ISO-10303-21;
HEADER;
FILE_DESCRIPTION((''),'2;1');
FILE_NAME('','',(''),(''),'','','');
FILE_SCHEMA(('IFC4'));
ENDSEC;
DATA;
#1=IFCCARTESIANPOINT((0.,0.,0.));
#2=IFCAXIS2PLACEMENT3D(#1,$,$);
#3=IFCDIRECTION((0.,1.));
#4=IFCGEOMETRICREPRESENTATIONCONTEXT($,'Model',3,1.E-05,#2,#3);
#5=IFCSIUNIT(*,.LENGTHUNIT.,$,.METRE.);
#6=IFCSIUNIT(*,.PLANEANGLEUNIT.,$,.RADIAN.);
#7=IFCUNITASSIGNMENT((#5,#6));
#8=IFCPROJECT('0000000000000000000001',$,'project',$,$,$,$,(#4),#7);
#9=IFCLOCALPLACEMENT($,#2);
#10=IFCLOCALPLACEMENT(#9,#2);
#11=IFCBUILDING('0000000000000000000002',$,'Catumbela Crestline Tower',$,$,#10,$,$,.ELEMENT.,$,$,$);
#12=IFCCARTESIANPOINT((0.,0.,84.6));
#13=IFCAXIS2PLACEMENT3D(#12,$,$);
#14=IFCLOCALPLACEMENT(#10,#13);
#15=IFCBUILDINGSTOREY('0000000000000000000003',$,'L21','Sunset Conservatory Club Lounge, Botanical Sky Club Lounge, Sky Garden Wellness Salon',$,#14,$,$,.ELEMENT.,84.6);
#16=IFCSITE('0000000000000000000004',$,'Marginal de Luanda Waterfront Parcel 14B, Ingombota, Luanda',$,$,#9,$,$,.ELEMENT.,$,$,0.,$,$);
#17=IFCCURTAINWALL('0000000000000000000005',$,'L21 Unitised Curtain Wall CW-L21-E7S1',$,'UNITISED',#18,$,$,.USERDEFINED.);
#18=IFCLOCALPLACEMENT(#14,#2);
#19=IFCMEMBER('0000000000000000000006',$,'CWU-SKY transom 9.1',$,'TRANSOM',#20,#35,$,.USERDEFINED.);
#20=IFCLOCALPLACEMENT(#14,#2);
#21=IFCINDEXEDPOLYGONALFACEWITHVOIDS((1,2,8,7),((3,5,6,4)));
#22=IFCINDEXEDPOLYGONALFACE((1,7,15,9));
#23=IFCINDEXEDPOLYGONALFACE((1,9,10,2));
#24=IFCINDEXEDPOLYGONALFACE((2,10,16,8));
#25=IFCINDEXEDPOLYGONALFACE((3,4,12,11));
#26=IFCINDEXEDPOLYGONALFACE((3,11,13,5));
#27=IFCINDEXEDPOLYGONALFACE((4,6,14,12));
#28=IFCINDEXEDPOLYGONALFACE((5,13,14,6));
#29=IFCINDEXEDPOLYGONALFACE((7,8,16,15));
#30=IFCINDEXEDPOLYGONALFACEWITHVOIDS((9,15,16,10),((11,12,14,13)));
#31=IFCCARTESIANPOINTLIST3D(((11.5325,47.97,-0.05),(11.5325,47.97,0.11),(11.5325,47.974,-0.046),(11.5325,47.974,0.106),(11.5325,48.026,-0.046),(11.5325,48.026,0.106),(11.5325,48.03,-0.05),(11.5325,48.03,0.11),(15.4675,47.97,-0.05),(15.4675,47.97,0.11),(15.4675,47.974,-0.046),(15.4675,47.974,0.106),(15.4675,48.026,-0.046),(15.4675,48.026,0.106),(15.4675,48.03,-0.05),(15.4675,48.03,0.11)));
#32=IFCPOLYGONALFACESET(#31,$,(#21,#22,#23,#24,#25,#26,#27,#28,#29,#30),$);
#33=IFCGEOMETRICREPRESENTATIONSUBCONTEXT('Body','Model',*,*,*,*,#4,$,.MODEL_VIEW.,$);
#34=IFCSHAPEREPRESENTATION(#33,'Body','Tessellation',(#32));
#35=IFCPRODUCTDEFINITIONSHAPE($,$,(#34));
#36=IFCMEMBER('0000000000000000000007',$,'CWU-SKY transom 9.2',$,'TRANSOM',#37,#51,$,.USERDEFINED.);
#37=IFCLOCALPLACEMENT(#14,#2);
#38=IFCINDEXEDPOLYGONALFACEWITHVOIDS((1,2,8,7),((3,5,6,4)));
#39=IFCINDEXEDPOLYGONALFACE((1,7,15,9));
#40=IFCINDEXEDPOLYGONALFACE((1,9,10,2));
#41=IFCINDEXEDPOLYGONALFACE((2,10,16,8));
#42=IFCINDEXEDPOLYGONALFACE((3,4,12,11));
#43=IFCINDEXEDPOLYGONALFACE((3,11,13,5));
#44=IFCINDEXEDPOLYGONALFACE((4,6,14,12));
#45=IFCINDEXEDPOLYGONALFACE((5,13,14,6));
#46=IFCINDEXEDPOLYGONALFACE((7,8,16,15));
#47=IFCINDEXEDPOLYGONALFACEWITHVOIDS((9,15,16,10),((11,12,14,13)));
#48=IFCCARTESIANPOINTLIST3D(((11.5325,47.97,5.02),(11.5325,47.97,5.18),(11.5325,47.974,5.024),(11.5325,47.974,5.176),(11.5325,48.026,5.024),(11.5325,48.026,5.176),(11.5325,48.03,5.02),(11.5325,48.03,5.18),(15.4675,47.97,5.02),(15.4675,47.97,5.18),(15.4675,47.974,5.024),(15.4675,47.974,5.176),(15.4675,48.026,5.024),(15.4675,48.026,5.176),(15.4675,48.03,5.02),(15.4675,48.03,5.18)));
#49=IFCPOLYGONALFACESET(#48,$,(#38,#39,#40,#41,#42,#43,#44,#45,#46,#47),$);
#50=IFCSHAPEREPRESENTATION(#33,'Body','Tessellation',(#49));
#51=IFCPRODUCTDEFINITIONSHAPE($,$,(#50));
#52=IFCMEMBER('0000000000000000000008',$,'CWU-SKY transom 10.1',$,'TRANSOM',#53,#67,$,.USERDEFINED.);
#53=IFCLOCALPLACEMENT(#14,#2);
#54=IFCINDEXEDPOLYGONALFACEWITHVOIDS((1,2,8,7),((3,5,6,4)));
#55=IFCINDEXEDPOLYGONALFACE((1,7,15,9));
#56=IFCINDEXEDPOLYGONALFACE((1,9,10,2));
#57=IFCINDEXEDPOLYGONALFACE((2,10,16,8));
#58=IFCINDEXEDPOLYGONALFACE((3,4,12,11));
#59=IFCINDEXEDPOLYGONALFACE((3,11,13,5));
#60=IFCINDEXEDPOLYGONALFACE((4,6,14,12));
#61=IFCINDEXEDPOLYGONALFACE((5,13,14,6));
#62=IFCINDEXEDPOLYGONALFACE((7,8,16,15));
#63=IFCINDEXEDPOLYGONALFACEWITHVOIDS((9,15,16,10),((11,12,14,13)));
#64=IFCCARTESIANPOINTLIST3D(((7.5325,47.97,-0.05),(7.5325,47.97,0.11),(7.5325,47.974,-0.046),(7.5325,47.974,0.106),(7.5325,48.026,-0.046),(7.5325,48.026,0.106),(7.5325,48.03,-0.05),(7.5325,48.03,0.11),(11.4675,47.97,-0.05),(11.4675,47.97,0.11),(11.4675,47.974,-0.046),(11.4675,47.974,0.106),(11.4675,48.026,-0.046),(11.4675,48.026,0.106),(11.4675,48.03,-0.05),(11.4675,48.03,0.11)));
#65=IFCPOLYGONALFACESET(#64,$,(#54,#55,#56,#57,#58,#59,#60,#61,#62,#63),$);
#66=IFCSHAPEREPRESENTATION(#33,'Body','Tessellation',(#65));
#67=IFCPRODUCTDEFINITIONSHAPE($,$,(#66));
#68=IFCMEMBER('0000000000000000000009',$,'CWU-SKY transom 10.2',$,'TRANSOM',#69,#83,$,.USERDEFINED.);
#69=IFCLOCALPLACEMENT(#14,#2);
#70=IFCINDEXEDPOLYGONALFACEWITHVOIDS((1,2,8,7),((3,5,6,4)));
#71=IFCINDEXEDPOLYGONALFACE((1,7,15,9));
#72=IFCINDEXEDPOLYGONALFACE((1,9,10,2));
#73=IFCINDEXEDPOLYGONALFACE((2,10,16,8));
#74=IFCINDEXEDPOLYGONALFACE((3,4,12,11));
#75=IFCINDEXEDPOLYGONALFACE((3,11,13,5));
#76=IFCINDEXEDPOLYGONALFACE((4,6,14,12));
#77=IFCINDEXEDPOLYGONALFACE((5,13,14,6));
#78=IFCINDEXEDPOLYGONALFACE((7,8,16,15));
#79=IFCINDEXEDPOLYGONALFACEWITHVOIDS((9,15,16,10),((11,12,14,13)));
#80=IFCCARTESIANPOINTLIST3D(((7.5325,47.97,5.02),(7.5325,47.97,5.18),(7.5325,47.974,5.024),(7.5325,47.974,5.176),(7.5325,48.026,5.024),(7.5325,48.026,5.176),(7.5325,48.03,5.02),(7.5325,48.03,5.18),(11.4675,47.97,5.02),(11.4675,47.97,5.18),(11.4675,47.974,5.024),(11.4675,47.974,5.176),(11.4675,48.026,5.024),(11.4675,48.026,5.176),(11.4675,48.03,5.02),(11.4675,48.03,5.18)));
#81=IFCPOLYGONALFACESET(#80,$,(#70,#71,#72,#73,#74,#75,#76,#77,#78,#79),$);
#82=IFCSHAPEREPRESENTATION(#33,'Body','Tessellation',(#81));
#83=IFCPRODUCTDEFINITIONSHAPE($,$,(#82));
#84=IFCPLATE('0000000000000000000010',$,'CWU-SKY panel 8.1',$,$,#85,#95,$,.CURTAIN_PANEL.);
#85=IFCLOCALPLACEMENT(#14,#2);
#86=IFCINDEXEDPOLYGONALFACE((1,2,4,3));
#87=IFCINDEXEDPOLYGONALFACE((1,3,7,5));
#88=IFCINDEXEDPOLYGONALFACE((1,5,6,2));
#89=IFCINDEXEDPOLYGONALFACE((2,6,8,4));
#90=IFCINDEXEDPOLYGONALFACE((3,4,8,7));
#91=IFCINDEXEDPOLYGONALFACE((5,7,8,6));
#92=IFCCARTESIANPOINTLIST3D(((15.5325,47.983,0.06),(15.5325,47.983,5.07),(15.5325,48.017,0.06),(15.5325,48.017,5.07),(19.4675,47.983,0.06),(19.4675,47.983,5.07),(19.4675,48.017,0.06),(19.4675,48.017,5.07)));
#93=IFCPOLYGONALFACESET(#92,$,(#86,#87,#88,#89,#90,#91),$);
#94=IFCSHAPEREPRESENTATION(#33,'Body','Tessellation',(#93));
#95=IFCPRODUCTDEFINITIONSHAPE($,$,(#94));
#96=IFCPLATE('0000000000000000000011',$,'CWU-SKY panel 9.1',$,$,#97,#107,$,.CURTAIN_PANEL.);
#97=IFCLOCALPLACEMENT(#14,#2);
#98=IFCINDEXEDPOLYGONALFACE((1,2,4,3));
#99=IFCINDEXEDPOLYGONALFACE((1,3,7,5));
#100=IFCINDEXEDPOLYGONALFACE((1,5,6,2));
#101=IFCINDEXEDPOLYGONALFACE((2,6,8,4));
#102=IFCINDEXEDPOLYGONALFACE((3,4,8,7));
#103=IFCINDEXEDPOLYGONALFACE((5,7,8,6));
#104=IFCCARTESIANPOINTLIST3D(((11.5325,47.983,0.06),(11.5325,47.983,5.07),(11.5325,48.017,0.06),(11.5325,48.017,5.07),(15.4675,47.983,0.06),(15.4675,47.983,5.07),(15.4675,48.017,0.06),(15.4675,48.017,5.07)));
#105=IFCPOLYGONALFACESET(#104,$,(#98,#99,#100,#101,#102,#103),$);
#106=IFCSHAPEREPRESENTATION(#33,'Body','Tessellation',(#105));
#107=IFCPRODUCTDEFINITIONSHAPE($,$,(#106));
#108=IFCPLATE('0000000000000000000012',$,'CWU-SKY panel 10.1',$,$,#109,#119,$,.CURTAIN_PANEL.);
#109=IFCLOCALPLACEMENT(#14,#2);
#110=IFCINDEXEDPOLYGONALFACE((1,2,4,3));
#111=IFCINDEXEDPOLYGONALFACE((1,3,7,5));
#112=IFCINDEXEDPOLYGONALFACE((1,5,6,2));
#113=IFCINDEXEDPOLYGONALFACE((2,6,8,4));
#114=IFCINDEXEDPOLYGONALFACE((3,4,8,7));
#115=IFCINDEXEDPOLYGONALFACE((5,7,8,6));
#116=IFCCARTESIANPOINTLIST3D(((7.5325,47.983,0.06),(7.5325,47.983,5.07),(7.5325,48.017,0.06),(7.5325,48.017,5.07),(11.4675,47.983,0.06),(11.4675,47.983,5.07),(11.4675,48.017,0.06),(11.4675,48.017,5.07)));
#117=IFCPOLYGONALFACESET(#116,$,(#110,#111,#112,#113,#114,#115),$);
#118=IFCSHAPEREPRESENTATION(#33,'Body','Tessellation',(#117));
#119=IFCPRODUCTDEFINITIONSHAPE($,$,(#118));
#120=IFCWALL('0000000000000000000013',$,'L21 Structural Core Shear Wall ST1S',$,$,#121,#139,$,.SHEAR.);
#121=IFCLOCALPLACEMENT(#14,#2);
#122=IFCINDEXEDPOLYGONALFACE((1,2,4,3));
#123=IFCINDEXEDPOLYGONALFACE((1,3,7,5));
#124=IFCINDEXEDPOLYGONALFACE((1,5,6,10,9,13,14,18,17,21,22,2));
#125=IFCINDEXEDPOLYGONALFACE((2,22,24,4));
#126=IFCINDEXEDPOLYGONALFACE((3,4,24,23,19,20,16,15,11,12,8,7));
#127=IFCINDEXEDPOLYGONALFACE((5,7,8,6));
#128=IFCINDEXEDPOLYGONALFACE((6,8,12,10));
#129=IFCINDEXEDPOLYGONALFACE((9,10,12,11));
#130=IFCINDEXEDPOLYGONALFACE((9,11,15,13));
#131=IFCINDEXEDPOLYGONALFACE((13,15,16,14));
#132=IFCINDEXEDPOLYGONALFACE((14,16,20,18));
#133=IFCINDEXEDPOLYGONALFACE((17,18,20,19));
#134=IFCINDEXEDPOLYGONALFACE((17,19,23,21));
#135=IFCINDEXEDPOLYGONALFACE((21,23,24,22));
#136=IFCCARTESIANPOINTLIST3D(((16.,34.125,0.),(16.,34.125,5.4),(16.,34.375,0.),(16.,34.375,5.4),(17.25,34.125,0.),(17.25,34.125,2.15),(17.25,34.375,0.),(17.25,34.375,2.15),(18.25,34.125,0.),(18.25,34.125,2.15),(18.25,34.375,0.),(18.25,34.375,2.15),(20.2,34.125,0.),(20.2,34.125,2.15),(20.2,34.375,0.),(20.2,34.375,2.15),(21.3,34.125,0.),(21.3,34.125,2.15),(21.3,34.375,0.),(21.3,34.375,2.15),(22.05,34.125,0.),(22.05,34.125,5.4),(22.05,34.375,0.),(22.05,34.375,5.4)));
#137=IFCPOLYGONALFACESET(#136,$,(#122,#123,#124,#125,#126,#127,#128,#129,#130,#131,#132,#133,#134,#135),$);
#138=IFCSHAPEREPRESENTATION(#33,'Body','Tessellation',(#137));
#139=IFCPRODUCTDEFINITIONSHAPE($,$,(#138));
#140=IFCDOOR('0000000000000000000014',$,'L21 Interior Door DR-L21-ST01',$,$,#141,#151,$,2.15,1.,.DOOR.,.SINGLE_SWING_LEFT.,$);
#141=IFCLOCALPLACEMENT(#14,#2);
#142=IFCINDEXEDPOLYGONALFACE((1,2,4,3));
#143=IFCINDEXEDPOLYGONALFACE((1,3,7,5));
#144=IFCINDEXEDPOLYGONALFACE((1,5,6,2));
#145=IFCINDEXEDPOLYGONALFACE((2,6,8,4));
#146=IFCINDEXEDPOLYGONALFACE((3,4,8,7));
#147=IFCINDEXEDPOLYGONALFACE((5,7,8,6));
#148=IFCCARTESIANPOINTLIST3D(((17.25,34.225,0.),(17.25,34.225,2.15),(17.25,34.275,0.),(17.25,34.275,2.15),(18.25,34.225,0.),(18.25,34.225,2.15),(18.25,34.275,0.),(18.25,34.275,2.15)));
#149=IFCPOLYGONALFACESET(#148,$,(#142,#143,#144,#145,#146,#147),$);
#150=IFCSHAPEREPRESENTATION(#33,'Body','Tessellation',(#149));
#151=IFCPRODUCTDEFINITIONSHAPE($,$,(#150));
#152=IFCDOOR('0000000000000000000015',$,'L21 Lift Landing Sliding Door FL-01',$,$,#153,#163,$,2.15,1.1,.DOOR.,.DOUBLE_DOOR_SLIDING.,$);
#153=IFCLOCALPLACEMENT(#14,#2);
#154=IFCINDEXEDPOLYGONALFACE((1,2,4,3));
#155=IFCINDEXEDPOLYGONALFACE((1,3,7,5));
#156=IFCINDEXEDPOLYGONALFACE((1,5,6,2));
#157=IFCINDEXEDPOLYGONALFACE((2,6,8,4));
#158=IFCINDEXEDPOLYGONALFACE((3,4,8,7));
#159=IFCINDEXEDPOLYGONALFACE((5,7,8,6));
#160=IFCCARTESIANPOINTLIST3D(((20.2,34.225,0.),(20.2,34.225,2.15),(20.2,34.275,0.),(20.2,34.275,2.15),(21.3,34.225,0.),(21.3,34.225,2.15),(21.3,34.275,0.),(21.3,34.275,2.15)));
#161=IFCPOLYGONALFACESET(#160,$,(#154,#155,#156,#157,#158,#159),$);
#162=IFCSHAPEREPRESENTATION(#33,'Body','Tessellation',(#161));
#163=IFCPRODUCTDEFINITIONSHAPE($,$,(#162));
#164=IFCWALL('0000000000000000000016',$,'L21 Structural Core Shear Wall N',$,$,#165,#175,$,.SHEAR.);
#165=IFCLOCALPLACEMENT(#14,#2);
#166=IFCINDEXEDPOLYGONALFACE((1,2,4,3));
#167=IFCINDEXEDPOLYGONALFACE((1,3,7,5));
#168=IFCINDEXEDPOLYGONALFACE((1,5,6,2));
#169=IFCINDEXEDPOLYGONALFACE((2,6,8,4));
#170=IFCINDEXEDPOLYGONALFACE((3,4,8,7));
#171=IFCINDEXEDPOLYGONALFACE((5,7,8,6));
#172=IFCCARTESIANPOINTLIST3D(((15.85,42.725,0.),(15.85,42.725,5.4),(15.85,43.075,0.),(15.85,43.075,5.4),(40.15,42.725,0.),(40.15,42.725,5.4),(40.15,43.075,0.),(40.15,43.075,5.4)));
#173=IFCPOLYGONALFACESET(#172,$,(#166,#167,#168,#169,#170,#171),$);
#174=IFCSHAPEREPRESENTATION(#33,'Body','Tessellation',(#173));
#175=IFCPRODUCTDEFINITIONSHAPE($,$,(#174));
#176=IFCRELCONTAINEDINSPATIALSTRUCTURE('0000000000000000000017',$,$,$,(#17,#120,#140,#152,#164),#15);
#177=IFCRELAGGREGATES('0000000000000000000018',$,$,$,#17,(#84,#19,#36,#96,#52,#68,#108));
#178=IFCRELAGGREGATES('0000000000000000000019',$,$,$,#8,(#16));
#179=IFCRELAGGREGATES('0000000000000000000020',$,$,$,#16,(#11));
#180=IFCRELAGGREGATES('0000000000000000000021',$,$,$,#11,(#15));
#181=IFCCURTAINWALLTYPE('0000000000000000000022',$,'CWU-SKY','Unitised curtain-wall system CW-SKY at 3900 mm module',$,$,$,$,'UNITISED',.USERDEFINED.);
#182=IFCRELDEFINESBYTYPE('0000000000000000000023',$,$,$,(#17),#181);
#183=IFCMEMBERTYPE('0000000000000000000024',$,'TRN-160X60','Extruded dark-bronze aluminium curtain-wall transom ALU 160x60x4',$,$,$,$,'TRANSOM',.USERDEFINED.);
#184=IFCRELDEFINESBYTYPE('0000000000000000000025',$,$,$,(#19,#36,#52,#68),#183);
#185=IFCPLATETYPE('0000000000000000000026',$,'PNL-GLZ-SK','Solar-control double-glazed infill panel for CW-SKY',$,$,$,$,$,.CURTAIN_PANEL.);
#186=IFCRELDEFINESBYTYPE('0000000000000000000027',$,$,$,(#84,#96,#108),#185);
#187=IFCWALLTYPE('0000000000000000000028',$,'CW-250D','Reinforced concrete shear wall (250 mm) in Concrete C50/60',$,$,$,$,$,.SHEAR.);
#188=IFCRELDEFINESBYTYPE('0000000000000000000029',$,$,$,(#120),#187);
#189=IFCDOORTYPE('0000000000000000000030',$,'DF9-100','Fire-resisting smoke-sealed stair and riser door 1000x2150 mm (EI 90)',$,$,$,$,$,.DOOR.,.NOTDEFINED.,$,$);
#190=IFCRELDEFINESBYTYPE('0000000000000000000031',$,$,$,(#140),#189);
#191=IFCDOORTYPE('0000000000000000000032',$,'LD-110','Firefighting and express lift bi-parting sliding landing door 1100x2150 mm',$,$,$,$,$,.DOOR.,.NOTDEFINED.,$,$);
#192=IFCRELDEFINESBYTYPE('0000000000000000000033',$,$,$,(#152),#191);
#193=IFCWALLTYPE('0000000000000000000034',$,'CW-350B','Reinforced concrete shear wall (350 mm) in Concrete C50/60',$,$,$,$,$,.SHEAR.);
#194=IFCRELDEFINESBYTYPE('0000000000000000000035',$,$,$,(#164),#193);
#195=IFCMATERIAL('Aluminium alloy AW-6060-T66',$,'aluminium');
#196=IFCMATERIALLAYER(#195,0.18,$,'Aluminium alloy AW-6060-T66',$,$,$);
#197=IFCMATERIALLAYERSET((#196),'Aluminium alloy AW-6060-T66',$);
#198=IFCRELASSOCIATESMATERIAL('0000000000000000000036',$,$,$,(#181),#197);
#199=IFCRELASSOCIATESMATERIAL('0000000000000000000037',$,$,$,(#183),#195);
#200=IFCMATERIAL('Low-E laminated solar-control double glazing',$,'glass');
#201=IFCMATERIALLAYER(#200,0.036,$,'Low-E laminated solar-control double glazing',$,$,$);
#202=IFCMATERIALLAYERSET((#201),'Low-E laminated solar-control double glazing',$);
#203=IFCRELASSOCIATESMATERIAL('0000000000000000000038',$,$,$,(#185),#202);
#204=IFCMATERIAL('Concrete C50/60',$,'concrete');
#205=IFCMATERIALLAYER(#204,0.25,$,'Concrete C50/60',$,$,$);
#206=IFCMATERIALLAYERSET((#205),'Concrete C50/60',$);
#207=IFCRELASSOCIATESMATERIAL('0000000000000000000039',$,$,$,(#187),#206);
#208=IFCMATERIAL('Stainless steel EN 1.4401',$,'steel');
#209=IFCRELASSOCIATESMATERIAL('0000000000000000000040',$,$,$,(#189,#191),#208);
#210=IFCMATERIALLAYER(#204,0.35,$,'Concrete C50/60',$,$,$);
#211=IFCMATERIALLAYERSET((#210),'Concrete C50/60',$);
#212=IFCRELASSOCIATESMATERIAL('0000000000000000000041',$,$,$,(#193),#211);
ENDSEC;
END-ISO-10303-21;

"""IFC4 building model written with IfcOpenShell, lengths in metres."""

from ifc_helpers import new_model, si_unit, direction, frame, frame_2d, origin, origin_2d, place, context, subcontext, project, spatial, rectangle, hollow_rectangle, extrude, material, layer, layer_set, material_profile, profile_set, type_object, element, fill, aggregate, save


model = new_model("IFC4")

# Units and contexts
model_context = context("Model", 3, precision=1e-05, world=origin(), true_north=direction((0.0, 1.0)))
body_context = subcontext(model_context, "Body", "Model", "MODEL_VIEW")
ifc_project = project(units=[si_unit("LENGTHUNIT", "METRE"), si_unit("PLANEANGLEUNIT", "RADIAN")], contexts=[model_context])

# Site, building, storey
site_placement = place(None, origin())
site = spatial("IfcSite", under=ifc_project, at=site_placement, Name="Marginal de Luanda Waterfront Parcel 14B, Ingombota, Luanda", CompositionType="ELEMENT", RefElevation=0.0)
building_placement = place(site_placement, origin())
building = spatial("IfcBuilding", under=site, at=building_placement, Name="Catumbela Crestline Tower", CompositionType="ELEMENT")
storey_placement = place(building_placement, frame((0.0, 0.0, 84.6)))
storey = spatial("IfcBuildingStorey", under=building, at=storey_placement, Name="L21", Description="Sunset Conservatory Club Lounge, Botanical Sky Club Lounge, Sky Garden Wellness Salon", CompositionType="ELEMENT", Elevation=84.6)

# Shared definitions
ifc_material_1 = material(Name="Concrete C50/60", Category="concrete")

# Curtain wall
ifc_material_2 = material(Name="Aluminium alloy AW-6060-T66", Category="aluminium")
ifc_layer_1 = layer(ifc_material_2, 0.18, Name="Aluminium alloy AW-6060-T66")
ifc_layer_set_1 = layer_set([ifc_layer_1], Name="Aluminium alloy AW-6060-T66")
curtain_wall_type = type_object("IfcCurtainWallType", Name="CWU-SKY", Description="Unitised curtain-wall system CW-SKY at 3900 mm module", ElementType="UNITISED", PredefinedType="USERDEFINED", material=ifc_layer_set_1)
curtain_wall_placement = place(storey_placement, origin())
curtain_wall = element("IfcCurtainWall", 1, at=curtain_wall_placement, inside=storey, type_object=curtain_wall_type, Name="L21 Unitised Curtain Wall CW-L21-E7S1", ObjectType="UNITISED", PredefinedType="USERDEFINED")

# Members
ifc_material_profile_1 = material_profile(ifc_material_2, hollow_rectangle(XDim=0.06, YDim=0.16, WallThickness=0.004, at=origin_2d()), Name="ALU 160x60x4")
ifc_profile_set_1 = profile_set([ifc_material_profile_1], Name="Aluminium alloy AW-6060-T66")
member_type_1 = type_object("IfcMemberType", Name="TRN-160X60", Description="Extruded dark-bronze aluminium curtain-wall transom ALU 160x60x4", ElementType="TRANSOM", PredefinedType="USERDEFINED", material=ifc_profile_set_1)
member_1_placement = place(storey_placement, frame((15.4675, 48.0, 0.03), z_axis=(-1.0, 0.0, 0.0), x_axis=(0.0, -1.0, 0.0)))
member_1 = element("IfcMember", 2, at=member_1_placement, type_object=member_type_1, Name="CWU-SKY transom 9.1", ObjectType="TRANSOM", PredefinedType="USERDEFINED", context=body_context, shape_type="SweptSolid", body=[
    extrude(hollow_rectangle(XDim=0.06, YDim=0.16, WallThickness=0.004, at=origin_2d()), origin(), (0.0, 0.0, 1.0), 3.935),
])
member_2_placement = place(storey_placement, frame((15.4675, 48.0, 5.1), z_axis=(-1.0, 0.0, 0.0), x_axis=(0.0, -1.0, 0.0)))
member_2 = element("IfcMember", 3, at=member_2_placement, type_object=member_type_1, Name="CWU-SKY transom 9.2", ObjectType="TRANSOM", PredefinedType="USERDEFINED", context=body_context, shape_type="SweptSolid", body=[
    extrude(hollow_rectangle(XDim=0.06, YDim=0.16, WallThickness=0.004, at=origin_2d()), origin(), (0.0, 0.0, 1.0), 3.935),
])
member_3_placement = place(storey_placement, frame((11.4675, 48.0, 0.03), z_axis=(-1.0, 0.0, 0.0), x_axis=(0.0, -1.0, 0.0)))
member_3 = element("IfcMember", 4, at=member_3_placement, type_object=member_type_1, Name="CWU-SKY transom 10.1", ObjectType="TRANSOM", PredefinedType="USERDEFINED", context=body_context, shape_type="SweptSolid", body=[
    extrude(hollow_rectangle(XDim=0.06, YDim=0.16, WallThickness=0.004, at=origin_2d()), origin(), (0.0, 0.0, 1.0), 3.935),
])
member_4_placement = place(storey_placement, frame((11.4675, 48.0, 5.1), z_axis=(-1.0, 0.0, 0.0), x_axis=(0.0, -1.0, 0.0)))
member_4 = element("IfcMember", 5, at=member_4_placement, type_object=member_type_1, Name="CWU-SKY transom 10.2", ObjectType="TRANSOM", PredefinedType="USERDEFINED", context=body_context, shape_type="SweptSolid", body=[
    extrude(hollow_rectangle(XDim=0.06, YDim=0.16, WallThickness=0.004, at=origin_2d()), origin(), (0.0, 0.0, 1.0), 3.935),
])

# Plates
ifc_material_3 = material(Name="Low-E laminated solar-control double glazing", Category="glass")
ifc_layer_2 = layer(ifc_material_3, 0.036, Name="Low-E laminated solar-control double glazing")
ifc_layer_set_2 = layer_set([ifc_layer_2], Name="Low-E laminated solar-control double glazing")
plate_type = type_object("IfcPlateType", Name="PNL-GLZ-SK", Description="Solar-control double-glazed infill panel for CW-SKY", PredefinedType="CURTAIN_PANEL", material=ifc_layer_set_2)
plate_1_placement = place(storey_placement, frame((17.5, 48.0, 0.06), z_axis=(0.0, 0.0, 1.0), x_axis=(-1.0, 0.0, 0.0)))
plate_1 = element("IfcPlate", 6, at=plate_1_placement, type_object=plate_type, Name="CWU-SKY panel 8.1", PredefinedType="CURTAIN_PANEL", context=body_context, shape_type="SweptSolid", body=[
    extrude(rectangle(XDim=3.935, YDim=0.034, at=origin_2d()), origin(), (0.0, 0.0, 1.0), 5.01),
])
plate_2_placement = place(storey_placement, frame((13.5, 48.0, 0.06), z_axis=(0.0, 0.0, 1.0), x_axis=(-1.0, 0.0, 0.0)))
plate_2 = element("IfcPlate", 7, at=plate_2_placement, type_object=plate_type, Name="CWU-SKY panel 9.1", PredefinedType="CURTAIN_PANEL", context=body_context, shape_type="SweptSolid", body=[
    extrude(rectangle(XDim=3.935, YDim=0.034, at=origin_2d()), origin(), (0.0, 0.0, 1.0), 5.01),
])
plate_3_placement = place(storey_placement, frame((9.5, 48.0, 0.06), z_axis=(0.0, 0.0, 1.0), x_axis=(-1.0, 0.0, 0.0)))
plate_3 = element("IfcPlate", 8, at=plate_3_placement, type_object=plate_type, Name="CWU-SKY panel 10.1", PredefinedType="CURTAIN_PANEL", context=body_context, shape_type="SweptSolid", body=[
    extrude(rectangle(XDim=3.935, YDim=0.034, at=origin_2d()), origin(), (0.0, 0.0, 1.0), 5.01),
])
aggregate(curtain_wall, [plate_1, member_1, member_2, plate_2, member_3, member_4, plate_3])

# Wall, openings, doors
ifc_layer_3 = layer(ifc_material_1, 0.25, Name="Concrete C50/60")
ifc_layer_set_3 = layer_set([ifc_layer_3], Name="Concrete C50/60")
wall_type_1 = type_object("IfcWallType", Name="CW-250D", Description="Reinforced concrete shear wall (250 mm) in Concrete C50/60", PredefinedType="SHEAR", material=ifc_layer_set_3)
wall_1_placement = place(storey_placement, frame((16.0, 34.25, 0.0), z_axis=(0.0, 0.0, 1.0), x_axis=(1.0, 0.0, 0.0)))
wall_1 = element("IfcWall", 9, at=wall_1_placement, inside=storey, type_object=wall_type_1, Name="L21 Structural Core Shear Wall ST1S", PredefinedType="SHEAR", context=body_context, shape_type="SweptSolid", body=[
    extrude(rectangle(XDim=6.05, YDim=0.25, at=frame_2d((3.025, 0.0))), origin(), (0.0, 0.0, 1.0), 5.4),
])
opening_1_placement = place(wall_1_placement, frame((1.25, 0.0, 0.0)))
opening_1 = element("IfcOpeningElement", 10, at=opening_1_placement, cuts=wall_1, PredefinedType="OPENING", context=body_context, shape_type="SweptSolid", body=[
    extrude(rectangle(XDim=1.0, YDim=2.15, at=frame_2d((0.5, 1.075))), frame((0.0, 0.135, 0.0), z_axis=(0.0, -1.0, 0.0), x_axis=(1.0, 0.0, 0.0)), (0.0, 0.0, 1.0), 0.27),
])
opening_2_placement = place(wall_1_placement, frame((4.2, 0.0, 0.0)))
opening_2 = element("IfcOpeningElement", 11, at=opening_2_placement, cuts=wall_1, PredefinedType="OPENING", context=body_context, shape_type="SweptSolid", body=[
    extrude(rectangle(XDim=1.1, YDim=2.15, at=frame_2d((0.55, 1.075))), frame((0.0, 0.135, 0.0), z_axis=(0.0, -1.0, 0.0), x_axis=(1.0, 0.0, 0.0)), (0.0, 0.0, 1.0), 0.27),
])
ifc_material_4 = material(Name="Stainless steel EN 1.4401", Category="steel")
door_type_1 = type_object("IfcDoorType", Name="DF9-100", Description="Fire-resisting smoke-sealed stair and riser door 1000x2150 mm (EI 90)", OperationType="NOTDEFINED", PredefinedType="DOOR", material=ifc_material_4)
door_1_placement = place(opening_1_placement, origin())
door_1 = element("IfcDoor", 12, at=door_1_placement, inside=storey, type_object=door_type_1, Name="L21 Interior Door DR-L21-ST01", OperationType="SINGLE_SWING_LEFT", OverallHeight=2.15, OverallWidth=1.0, PredefinedType="DOOR", context=body_context, shape_type="SweptSolid", body=[
    extrude(rectangle(XDim=1.0, YDim=2.15, at=frame_2d((0.5, 1.075))), frame((0.0, 0.025, 0.0), z_axis=(0.0, -1.0, 0.0), x_axis=(1.0, 0.0, 0.0)), (0.0, 0.0, 1.0), 0.05),
])
fill(opening_1, door_1)
door_type_2 = type_object("IfcDoorType", Name="LD-110", Description="Firefighting and express lift bi-parting sliding landing door 1100x2150 mm", OperationType="NOTDEFINED", PredefinedType="DOOR", material=ifc_material_4)
door_2_placement = place(opening_2_placement, origin())
door_2 = element("IfcDoor", 13, at=door_2_placement, inside=storey, type_object=door_type_2, Name="L21 Lift Landing Sliding Door FL-01", OperationType="DOUBLE_DOOR_SLIDING", OverallHeight=2.15, OverallWidth=1.1, PredefinedType="DOOR", context=body_context, shape_type="SweptSolid", body=[
    extrude(rectangle(XDim=1.1, YDim=2.15, at=frame_2d((0.55, 1.075))), frame((0.0, 0.025, 0.0), z_axis=(0.0, -1.0, 0.0), x_axis=(1.0, 0.0, 0.0)), (0.0, 0.0, 1.0), 0.05),
])
fill(opening_2, door_2)

# Wall
ifc_layer_4 = layer(ifc_material_1, 0.35, Name="Concrete C50/60")
ifc_layer_set_4 = layer_set([ifc_layer_4], Name="Concrete C50/60")
wall_type_2 = type_object("IfcWallType", Name="CW-350B", Description="Reinforced concrete shear wall (350 mm) in Concrete C50/60", PredefinedType="SHEAR", material=ifc_layer_set_4)
wall_2_placement = place(storey_placement, frame((15.85, 42.9, 0.0), z_axis=(0.0, 0.0, 1.0), x_axis=(1.0, 0.0, 0.0)))
element("IfcWall", 14, at=wall_2_placement, inside=storey, type_object=wall_type_2, Name="L21 Structural Core Shear Wall N", PredefinedType="SHEAR", context=body_context, shape_type="SweptSolid", body=[
    extrude(rectangle(XDim=24.3, YDim=0.35, at=frame_2d((12.15, 0.0))), origin(), (0.0, 0.0, 1.0), 5.4),
])

save(model, "model.ifc")
